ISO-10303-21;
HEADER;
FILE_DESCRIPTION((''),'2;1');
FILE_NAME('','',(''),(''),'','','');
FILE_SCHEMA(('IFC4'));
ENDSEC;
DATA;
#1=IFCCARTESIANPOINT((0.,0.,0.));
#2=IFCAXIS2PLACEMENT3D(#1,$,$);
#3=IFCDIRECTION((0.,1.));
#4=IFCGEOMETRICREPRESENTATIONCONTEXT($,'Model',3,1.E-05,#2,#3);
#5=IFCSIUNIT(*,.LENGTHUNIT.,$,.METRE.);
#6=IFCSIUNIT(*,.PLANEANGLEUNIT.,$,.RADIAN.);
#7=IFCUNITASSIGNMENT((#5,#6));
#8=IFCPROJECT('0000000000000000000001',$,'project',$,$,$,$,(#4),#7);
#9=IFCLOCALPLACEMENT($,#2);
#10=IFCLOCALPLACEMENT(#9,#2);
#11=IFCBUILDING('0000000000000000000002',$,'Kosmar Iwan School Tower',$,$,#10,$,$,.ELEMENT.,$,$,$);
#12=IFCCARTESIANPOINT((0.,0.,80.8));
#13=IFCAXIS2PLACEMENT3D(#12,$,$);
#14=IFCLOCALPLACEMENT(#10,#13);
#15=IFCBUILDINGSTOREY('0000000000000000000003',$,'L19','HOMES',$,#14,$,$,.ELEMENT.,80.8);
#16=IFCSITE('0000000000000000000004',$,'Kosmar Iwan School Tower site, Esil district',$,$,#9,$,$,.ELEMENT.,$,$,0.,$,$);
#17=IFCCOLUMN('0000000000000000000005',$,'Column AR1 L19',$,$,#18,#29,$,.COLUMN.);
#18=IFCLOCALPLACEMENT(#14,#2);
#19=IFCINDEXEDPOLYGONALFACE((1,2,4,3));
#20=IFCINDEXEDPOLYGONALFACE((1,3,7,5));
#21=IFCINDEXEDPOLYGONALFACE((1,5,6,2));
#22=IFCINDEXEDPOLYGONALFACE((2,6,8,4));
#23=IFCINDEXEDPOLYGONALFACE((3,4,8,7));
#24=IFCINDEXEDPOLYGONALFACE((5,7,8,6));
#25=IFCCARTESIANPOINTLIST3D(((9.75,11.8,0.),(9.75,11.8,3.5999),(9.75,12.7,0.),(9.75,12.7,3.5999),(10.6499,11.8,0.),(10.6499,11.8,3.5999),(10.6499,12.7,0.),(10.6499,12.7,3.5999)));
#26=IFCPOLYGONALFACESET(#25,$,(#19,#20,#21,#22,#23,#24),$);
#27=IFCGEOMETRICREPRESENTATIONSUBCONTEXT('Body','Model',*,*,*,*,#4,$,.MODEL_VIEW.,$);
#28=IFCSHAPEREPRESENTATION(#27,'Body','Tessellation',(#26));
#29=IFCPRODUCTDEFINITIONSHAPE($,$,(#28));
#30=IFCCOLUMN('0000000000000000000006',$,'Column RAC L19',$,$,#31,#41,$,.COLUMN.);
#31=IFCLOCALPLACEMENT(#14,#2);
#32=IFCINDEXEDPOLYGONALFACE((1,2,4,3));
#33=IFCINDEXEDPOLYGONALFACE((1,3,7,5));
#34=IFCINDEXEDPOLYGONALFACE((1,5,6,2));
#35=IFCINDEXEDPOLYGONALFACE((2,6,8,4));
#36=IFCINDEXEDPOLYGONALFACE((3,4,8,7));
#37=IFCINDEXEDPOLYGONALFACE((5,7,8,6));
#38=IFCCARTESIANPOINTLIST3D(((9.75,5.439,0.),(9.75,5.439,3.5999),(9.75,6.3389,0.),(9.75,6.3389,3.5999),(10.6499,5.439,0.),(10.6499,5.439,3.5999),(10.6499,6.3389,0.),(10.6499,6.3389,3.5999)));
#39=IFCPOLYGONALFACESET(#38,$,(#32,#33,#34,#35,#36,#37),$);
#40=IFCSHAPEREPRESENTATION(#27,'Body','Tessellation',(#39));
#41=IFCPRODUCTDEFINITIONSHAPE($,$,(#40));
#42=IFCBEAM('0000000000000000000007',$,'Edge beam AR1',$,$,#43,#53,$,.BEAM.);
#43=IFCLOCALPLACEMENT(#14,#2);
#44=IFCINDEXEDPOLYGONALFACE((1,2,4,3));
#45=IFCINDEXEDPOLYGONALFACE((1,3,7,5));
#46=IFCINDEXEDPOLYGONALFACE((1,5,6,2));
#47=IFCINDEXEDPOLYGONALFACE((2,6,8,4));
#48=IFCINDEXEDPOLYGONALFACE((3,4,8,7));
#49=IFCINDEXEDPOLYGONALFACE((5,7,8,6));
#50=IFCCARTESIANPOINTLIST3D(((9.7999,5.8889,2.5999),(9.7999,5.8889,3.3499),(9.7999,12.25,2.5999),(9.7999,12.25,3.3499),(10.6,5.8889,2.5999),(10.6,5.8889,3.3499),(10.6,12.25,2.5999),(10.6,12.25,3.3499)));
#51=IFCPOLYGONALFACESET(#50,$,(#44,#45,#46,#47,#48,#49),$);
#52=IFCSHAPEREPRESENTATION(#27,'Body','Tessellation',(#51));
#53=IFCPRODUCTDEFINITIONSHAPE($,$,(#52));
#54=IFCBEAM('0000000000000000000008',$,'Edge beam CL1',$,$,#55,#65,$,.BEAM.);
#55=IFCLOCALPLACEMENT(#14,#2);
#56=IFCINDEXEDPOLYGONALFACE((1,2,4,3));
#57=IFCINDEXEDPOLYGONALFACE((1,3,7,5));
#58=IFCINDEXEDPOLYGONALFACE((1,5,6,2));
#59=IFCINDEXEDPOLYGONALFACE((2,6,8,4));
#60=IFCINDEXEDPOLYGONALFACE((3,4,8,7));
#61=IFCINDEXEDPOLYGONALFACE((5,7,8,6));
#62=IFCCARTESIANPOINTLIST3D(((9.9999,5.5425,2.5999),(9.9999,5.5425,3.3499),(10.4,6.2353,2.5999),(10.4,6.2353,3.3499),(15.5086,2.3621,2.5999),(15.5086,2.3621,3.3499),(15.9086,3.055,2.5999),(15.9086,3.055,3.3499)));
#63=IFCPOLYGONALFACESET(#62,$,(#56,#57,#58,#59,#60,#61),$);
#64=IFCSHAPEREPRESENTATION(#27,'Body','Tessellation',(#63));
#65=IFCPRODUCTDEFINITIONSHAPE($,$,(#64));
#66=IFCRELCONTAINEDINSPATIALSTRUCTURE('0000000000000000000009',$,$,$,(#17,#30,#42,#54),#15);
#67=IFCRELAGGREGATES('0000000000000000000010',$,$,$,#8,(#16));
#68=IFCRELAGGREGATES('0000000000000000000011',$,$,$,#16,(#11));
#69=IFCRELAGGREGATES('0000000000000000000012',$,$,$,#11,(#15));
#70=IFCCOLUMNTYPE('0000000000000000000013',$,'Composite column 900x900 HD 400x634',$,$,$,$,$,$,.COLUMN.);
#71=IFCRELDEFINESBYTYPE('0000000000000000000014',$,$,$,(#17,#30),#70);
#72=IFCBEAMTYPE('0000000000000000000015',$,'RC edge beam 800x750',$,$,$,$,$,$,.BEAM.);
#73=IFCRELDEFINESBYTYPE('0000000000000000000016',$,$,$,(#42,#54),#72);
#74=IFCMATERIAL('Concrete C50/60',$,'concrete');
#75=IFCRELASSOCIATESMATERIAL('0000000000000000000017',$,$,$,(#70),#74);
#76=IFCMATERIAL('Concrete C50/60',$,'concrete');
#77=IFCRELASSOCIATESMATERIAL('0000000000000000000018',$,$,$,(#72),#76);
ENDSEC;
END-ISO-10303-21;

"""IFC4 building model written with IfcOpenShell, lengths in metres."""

from ifc_helpers import new_model, si_unit, direction, frame, origin, origin_2d, place, context, subcontext, project, spatial, rectangle, extrude, material, material_profile, profile_set, type_object, element, save


model = new_model("IFC4")

# Units and contexts
model_context = context("Model", 3, precision=1e-05, world=origin(), true_north=direction((0.0, 1.0)))
body_context = subcontext(model_context, "Body", "Model", "MODEL_VIEW")
ifc_project = project(units=[si_unit("LENGTHUNIT", "METRE"), si_unit("PLANEANGLEUNIT", "RADIAN")], contexts=[model_context])

# Site, building, storey
site_placement = place(None, origin())
site = spatial("IfcSite", under=ifc_project, at=site_placement, Name="Kosmar Iwan School Tower site, Esil district", CompositionType="ELEMENT", RefElevation=0.0)
building_placement = place(site_placement, origin())
building = spatial("IfcBuilding", under=site, at=building_placement, Name="Kosmar Iwan School Tower", CompositionType="ELEMENT")
storey_placement = place(building_placement, frame((0.0, 0.0, 80.8)))
storey = spatial("IfcBuildingStorey", under=building, at=storey_placement, Name="L19", Description="HOMES", CompositionType="ELEMENT", Elevation=80.8)

# Columns
ifc_material_1 = material(Name="Concrete C50/60", Category="concrete")
ifc_material_profile_1 = material_profile(ifc_material_1, rectangle(XDim=0.8999, YDim=0.8999, at=origin_2d()), Name="RC 900x900 + HD 400x634")
ifc_profile_set_1 = profile_set([ifc_material_profile_1], Name="Concrete C50/60")
column_type = type_object("IfcColumnType", Name="Composite column 900x900 HD 400x634", PredefinedType="COLUMN", material=ifc_profile_set_1)
for number, where, z_axis, x_axis, name in (
    (1, (10.2, 12.25, 0.0), (0.0, 0.0, 1.0), (0.0, 1.0, 0.0), "Column AR1 L19"),
    (2, (10.2, 5.8889, 0.0), (0.0, 0.0, 1.0), (1.0, 0.0, 0.0), "Column RAC L19"),
):
    element("IfcColumn", number, at=place(storey_placement, frame(where, z_axis=z_axis, x_axis=x_axis)), inside=storey, type_object=column_type, Name=name, PredefinedType="COLUMN", context=body_context, shape_type="SweptSolid", body=[
        extrude(rectangle(XDim=0.8999, YDim=0.8999, at=origin_2d()), origin(), (0.0, 0.0, 1.0), 3.5999),
    ])

# Beams
ifc_material_2 = material(Name="Concrete C50/60", Category="concrete")
ifc_material_profile_2 = material_profile(ifc_material_2, rectangle(XDim=0.8, YDim=0.75, at=origin_2d()), Name="RC 800x750")
ifc_profile_set_2 = profile_set([ifc_material_profile_2], Name="Concrete C50/60")
beam_type = type_object("IfcBeamType", Name="RC edge beam 800x750", PredefinedType="BEAM", material=ifc_profile_set_2)
beam_1_placement = place(storey_placement, frame((10.2, 5.8889, 2.9749), z_axis=(0.0, 1.0, 0.0), x_axis=(-1.0, 0.0, 0.0)))
element("IfcBeam", 3, at=beam_1_placement, inside=storey, type_object=beam_type, Name="Edge beam AR1", PredefinedType="BEAM", context=body_context, shape_type="SweptSolid", body=[
    extrude(rectangle(XDim=0.8, YDim=0.75, at=origin_2d()), origin(), (0.0, 0.0, 1.0), 6.3611),
])
beam_2_placement = place(storey_placement, frame((10.2, 5.8889, 2.9749), z_axis=(0.866031, -0.49999, 0.0), x_axis=(0.49999, 0.866031, 0.0)))
element("IfcBeam", 4, at=beam_2_placement, inside=storey, type_object=beam_type, Name="Edge beam CL1", PredefinedType="BEAM", context=body_context, shape_type="SweptSolid", body=[
    extrude(rectangle(XDim=0.8, YDim=0.75, at=origin_2d()), origin(), (0.0, 0.0, 1.0), 6.3608),
])

save(model, "model.ifc")
